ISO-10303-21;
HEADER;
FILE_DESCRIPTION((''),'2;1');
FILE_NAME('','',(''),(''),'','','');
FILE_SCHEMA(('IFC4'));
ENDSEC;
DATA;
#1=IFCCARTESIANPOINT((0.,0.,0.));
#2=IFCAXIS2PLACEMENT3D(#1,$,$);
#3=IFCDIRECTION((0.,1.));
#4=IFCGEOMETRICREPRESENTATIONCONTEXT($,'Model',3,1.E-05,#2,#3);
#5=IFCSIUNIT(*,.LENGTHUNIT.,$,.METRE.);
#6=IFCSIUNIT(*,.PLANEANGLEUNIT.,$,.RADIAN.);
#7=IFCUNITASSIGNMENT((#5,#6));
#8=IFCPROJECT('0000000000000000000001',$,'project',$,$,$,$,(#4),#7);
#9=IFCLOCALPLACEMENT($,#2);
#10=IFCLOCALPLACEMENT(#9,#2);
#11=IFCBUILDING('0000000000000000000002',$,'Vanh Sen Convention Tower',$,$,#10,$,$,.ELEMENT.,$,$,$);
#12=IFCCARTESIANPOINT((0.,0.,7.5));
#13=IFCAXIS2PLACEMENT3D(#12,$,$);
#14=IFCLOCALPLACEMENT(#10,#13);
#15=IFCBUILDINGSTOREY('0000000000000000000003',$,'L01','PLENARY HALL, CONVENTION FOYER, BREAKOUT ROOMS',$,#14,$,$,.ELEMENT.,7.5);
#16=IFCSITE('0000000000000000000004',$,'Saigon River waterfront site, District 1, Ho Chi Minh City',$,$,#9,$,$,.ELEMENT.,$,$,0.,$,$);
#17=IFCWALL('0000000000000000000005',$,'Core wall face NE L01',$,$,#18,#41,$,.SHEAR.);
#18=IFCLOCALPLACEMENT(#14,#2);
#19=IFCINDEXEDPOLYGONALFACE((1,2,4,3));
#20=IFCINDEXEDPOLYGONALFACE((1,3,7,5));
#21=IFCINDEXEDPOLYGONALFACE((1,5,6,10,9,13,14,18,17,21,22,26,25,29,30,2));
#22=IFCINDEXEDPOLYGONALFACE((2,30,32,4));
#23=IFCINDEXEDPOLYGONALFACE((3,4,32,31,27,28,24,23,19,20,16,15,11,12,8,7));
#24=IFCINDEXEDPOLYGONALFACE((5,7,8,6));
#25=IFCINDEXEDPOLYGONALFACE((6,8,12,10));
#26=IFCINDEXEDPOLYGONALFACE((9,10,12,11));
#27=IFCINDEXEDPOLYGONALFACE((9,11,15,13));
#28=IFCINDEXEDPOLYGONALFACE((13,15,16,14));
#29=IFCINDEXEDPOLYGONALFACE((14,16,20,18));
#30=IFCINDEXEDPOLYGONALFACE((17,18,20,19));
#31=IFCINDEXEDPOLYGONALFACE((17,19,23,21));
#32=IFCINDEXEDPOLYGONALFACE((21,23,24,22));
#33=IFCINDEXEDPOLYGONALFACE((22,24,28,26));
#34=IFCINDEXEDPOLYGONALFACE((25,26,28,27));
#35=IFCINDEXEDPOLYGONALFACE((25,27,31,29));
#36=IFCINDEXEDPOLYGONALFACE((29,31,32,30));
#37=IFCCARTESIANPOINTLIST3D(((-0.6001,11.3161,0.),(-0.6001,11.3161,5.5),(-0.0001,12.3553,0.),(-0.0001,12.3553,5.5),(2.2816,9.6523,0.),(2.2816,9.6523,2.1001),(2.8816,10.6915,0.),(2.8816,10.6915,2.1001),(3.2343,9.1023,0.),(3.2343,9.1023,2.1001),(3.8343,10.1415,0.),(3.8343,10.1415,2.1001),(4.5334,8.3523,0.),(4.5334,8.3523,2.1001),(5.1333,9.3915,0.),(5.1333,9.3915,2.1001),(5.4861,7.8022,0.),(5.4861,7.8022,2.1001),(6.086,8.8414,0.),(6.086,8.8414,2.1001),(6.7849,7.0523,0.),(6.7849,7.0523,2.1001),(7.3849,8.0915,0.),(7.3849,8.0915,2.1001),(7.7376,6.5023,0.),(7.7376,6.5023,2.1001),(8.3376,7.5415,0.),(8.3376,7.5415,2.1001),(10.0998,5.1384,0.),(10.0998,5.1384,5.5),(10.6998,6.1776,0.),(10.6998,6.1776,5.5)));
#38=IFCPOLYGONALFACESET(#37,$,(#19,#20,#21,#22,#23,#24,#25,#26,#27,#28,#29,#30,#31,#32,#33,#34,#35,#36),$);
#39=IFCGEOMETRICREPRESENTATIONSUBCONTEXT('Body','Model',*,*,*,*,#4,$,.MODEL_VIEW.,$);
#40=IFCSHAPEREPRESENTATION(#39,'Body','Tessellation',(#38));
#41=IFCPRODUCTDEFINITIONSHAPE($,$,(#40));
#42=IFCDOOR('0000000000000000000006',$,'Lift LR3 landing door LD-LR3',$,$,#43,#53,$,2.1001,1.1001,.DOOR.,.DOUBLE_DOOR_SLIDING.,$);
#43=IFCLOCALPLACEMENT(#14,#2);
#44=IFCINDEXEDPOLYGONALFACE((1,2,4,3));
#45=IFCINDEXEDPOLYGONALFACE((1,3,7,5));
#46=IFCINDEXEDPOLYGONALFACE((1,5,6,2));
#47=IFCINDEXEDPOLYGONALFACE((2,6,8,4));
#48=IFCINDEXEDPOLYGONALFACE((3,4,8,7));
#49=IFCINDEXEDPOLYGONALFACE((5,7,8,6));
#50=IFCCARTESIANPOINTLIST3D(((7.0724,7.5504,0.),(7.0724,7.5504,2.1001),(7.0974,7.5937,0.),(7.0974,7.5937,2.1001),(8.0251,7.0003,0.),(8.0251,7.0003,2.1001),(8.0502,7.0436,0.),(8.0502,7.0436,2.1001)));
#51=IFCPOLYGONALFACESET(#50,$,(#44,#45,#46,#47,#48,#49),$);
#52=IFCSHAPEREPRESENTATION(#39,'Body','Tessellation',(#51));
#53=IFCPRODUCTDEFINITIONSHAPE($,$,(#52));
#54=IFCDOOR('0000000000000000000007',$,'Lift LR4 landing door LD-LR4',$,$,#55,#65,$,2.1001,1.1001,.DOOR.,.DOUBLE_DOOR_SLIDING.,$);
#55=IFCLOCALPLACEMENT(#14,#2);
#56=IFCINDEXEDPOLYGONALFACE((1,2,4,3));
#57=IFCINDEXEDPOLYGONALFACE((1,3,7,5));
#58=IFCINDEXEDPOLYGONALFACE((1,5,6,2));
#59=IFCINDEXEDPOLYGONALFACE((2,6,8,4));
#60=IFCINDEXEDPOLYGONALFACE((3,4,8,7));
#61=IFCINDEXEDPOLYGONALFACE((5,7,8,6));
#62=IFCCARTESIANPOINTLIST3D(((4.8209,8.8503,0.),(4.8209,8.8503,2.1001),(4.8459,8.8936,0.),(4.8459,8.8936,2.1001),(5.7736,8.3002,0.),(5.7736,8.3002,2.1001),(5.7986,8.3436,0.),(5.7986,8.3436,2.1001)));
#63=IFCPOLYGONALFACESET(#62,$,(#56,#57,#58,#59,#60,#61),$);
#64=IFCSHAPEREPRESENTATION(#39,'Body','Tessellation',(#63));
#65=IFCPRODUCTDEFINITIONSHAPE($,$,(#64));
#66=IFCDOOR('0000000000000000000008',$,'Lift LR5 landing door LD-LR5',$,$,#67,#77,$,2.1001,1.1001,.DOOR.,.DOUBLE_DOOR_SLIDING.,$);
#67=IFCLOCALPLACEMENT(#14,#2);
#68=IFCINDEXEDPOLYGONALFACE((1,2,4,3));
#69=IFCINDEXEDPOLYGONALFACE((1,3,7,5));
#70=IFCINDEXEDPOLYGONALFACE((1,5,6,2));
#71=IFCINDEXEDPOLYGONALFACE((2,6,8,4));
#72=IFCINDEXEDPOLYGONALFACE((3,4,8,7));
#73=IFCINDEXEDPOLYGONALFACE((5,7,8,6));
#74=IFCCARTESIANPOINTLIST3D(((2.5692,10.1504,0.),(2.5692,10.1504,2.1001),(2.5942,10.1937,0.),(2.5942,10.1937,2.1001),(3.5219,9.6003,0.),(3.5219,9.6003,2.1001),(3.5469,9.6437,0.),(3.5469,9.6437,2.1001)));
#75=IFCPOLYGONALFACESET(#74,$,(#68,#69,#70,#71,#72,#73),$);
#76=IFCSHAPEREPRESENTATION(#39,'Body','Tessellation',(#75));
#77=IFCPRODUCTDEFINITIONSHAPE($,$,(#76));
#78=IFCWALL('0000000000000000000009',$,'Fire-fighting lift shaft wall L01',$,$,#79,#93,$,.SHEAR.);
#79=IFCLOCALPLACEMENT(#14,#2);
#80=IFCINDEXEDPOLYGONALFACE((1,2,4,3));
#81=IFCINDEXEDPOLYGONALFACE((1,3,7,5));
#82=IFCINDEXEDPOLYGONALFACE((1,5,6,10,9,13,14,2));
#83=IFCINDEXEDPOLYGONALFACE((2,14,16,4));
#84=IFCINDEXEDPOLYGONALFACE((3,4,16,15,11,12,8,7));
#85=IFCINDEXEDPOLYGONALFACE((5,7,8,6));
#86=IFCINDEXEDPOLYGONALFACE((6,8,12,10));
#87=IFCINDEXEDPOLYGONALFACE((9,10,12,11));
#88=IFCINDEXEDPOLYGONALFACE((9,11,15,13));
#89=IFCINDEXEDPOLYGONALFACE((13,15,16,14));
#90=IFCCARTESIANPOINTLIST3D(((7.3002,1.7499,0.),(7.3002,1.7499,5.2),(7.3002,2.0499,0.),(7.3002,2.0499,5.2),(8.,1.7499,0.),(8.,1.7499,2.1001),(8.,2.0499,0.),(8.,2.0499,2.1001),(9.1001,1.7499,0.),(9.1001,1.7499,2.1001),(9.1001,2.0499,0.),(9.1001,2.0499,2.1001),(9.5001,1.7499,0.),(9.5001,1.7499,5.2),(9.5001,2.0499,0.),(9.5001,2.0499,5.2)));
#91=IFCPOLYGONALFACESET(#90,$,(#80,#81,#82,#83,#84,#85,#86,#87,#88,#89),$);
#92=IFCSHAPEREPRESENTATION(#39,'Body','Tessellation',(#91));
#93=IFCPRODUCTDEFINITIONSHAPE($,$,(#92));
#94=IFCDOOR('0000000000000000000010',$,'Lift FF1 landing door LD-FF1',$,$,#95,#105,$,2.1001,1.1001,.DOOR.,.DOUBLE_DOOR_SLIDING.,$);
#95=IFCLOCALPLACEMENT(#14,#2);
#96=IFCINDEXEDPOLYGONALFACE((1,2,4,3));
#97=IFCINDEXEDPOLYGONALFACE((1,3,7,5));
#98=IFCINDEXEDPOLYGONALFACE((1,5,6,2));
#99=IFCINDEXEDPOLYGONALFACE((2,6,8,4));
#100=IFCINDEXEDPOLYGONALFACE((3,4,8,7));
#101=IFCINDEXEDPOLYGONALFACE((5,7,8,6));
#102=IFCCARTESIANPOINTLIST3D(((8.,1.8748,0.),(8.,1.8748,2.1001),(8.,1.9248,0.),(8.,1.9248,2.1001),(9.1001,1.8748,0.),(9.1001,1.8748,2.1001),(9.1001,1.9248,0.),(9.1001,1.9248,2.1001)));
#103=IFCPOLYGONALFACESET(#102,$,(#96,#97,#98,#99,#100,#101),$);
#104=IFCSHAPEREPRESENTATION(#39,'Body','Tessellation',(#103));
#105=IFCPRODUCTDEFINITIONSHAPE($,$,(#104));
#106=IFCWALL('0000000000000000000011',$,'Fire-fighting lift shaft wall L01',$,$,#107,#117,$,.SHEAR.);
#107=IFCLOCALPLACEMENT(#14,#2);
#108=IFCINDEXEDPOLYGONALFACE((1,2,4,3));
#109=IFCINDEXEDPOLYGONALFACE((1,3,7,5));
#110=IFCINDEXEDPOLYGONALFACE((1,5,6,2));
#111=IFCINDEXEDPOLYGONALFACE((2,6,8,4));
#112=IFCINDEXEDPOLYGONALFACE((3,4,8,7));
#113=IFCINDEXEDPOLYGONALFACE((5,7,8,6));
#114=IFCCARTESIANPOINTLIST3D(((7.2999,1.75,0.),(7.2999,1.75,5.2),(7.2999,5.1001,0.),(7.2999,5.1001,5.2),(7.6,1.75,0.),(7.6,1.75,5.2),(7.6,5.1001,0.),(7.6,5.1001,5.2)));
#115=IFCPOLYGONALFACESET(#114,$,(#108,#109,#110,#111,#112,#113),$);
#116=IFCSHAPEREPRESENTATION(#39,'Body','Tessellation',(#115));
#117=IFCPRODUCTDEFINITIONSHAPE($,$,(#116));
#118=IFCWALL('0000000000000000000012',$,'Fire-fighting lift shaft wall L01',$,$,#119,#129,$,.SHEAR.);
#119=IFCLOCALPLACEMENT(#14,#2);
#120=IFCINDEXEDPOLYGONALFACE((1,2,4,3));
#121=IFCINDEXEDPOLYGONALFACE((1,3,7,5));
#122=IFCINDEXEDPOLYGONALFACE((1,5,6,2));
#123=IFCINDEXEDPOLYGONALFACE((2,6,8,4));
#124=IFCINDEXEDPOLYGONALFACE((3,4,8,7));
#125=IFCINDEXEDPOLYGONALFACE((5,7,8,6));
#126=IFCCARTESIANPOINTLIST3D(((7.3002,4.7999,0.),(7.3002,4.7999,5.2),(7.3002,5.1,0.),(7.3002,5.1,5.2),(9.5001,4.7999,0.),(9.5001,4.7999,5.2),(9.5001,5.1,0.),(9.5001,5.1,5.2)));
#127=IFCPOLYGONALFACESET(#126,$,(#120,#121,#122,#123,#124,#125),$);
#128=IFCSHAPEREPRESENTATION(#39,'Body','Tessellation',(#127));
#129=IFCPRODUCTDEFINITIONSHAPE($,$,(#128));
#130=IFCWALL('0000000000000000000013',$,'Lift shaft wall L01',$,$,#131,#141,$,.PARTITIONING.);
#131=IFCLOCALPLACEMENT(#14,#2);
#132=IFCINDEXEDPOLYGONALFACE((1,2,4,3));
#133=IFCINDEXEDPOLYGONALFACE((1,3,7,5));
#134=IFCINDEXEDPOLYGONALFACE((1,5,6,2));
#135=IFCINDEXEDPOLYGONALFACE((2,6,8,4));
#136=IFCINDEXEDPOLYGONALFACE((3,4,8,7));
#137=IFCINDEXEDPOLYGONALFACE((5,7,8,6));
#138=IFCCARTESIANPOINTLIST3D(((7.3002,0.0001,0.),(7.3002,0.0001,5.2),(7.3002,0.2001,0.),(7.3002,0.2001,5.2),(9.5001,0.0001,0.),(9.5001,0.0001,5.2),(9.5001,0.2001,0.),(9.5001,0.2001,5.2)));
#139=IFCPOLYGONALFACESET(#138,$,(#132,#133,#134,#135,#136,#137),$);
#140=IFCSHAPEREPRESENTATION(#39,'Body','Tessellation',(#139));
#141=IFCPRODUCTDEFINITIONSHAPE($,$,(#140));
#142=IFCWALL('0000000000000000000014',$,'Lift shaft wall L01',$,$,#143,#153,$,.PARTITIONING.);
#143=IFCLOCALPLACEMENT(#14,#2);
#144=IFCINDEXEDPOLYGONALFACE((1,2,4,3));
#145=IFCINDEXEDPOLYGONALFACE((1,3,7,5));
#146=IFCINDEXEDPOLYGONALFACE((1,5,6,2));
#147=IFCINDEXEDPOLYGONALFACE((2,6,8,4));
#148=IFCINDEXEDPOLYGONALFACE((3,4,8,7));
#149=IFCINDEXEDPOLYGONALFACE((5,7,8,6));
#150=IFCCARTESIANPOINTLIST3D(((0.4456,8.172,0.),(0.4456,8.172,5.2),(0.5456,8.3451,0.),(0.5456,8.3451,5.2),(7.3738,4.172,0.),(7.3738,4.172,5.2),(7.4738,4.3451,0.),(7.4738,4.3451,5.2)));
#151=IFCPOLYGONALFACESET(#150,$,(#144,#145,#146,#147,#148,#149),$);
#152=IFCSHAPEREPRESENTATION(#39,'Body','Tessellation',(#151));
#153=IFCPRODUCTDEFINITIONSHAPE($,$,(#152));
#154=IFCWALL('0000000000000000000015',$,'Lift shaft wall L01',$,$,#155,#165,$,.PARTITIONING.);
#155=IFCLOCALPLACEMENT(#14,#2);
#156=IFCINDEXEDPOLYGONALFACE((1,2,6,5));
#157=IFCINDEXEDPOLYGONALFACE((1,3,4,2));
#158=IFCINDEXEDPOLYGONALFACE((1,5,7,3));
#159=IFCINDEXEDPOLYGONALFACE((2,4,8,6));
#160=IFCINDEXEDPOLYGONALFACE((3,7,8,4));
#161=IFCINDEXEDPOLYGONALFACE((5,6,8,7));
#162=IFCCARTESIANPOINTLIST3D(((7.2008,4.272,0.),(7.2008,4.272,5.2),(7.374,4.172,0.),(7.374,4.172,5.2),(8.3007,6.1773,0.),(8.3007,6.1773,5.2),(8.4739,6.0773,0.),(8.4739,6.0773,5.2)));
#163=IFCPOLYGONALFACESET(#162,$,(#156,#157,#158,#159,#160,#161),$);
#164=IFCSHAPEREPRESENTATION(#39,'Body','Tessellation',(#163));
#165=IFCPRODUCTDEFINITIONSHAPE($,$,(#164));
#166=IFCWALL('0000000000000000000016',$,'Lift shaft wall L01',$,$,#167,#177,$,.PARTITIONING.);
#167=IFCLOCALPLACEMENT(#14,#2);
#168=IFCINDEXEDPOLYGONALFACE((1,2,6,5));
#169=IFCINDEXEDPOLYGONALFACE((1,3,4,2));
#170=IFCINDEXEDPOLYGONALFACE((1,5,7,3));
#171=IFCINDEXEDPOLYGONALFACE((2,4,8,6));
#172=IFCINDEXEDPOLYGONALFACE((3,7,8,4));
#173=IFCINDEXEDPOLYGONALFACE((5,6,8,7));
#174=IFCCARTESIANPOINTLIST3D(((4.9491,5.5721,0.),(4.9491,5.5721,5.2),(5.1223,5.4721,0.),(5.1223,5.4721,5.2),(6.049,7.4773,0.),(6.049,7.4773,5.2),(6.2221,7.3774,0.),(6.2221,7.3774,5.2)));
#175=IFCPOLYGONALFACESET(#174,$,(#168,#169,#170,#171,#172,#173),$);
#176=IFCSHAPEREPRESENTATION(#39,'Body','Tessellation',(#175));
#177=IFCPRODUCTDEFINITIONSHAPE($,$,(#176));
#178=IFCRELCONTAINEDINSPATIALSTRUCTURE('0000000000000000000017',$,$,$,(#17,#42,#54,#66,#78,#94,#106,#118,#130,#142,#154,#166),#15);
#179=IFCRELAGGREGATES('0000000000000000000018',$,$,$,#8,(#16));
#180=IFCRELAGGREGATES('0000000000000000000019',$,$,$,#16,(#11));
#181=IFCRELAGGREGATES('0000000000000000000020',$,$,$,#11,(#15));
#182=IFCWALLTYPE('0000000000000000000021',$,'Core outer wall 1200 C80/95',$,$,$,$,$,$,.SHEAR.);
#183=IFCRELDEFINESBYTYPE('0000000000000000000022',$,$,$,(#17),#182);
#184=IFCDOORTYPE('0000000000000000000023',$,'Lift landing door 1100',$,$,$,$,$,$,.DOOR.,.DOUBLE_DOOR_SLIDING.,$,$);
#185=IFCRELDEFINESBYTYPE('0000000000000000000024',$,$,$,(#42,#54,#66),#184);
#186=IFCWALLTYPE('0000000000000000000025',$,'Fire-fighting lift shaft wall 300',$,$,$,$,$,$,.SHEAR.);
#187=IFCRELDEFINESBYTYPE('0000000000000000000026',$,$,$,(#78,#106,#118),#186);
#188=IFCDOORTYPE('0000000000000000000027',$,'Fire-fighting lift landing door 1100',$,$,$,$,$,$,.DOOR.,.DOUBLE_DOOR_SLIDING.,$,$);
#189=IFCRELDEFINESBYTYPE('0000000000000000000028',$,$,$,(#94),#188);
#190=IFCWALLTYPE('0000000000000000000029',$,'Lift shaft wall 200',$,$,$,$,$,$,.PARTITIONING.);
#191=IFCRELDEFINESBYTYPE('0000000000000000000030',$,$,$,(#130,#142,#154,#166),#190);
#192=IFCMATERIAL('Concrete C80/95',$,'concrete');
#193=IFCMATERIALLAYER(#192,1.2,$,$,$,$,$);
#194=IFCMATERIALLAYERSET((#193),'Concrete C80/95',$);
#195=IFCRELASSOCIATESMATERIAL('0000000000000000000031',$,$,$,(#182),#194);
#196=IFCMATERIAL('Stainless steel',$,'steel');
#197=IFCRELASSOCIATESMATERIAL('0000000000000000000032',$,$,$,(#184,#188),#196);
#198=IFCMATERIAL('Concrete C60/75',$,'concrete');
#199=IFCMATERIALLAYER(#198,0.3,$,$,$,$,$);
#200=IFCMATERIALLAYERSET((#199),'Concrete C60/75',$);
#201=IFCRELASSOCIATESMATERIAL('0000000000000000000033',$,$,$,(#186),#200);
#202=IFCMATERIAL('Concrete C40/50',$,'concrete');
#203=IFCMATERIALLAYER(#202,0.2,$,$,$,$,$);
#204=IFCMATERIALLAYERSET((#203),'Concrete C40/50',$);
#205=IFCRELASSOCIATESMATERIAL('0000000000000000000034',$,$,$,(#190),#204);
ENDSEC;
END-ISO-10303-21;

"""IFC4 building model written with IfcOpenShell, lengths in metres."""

from ifc_helpers import new_model, si_unit, direction, frame, frame_2d, origin, place, context, subcontext, project, spatial, rectangle, extrude, material, layer, layer_set, type_object, element, fill, save


model = new_model("IFC4")

# Units and contexts
model_context = context("Model", 3, precision=1e-05, world=origin(), true_north=direction((0.0, 1.0)))
body_context = subcontext(model_context, "Body", "Model", "MODEL_VIEW")
ifc_project = project(units=[si_unit("LENGTHUNIT", "METRE"), si_unit("PLANEANGLEUNIT", "RADIAN")], contexts=[model_context])

# Site, building, storey
site_placement = place(None, origin())
site = spatial("IfcSite", under=ifc_project, at=site_placement, Name="Saigon River waterfront site, District 1, Ho Chi Minh City", CompositionType="ELEMENT", RefElevation=0.0)
building_placement = place(site_placement, origin())
building = spatial("IfcBuilding", under=site, at=building_placement, Name="Vanh Sen Convention Tower", CompositionType="ELEMENT")
storey_placement = place(building_placement, frame((0.0, 0.0, 7.5)))
storey = spatial("IfcBuildingStorey", under=building, at=storey_placement, Name="L01", Description="PLENARY HALL, CONVENTION FOYER, BREAKOUT ROOMS", CompositionType="ELEMENT", Elevation=7.5)

# Wall, openings, doors
ifc_material_1 = material(Name="Concrete C80/95", Category="concrete")
ifc_layer_1 = layer(ifc_material_1, 1.2)
ifc_layer_set_1 = layer_set([ifc_layer_1], Name="Concrete C80/95")
wall_type_1 = type_object("IfcWallType", Name="Core outer wall 1200 C80/95", PredefinedType="SHEAR", material=ifc_layer_set_1)
wall_1_placement = place(storey_placement, frame((10.3999, 5.658, 0.0), z_axis=(0.0, 0.0, 1.0), x_axis=(-0.866021, 0.500007, 0.0)))
wall_1 = element("IfcWall", 1, at=wall_1_placement, inside=storey, type_object=wall_type_1, Name="Core wall face NE L01", PredefinedType="SHEAR", context=body_context, shape_type="SweptSolid", body=[
    extrude(rectangle(XDim=12.3552, YDim=1.2, at=frame_2d((6.1777, 0.0))), origin(), (0.0, 0.0, 1.0), 5.5),
])
opening_1_placement = place(wall_1_placement, frame((2.7278, 0.0, 0.0)))
opening_1 = element("IfcOpeningElement", 2, at=opening_1_placement, cuts=wall_1, PredefinedType="OPENING", context=body_context, shape_type="SweptSolid", body=[
    extrude(rectangle(XDim=1.1001, YDim=2.1001, at=frame_2d((0.55, 1.05))), frame((0.0, 0.6099, 0.0), z_axis=(0.0, -1.0, 0.0), x_axis=(1.0, 0.0, 0.0)), (0.0, 0.0, 1.0), 1.22),
])
opening_2_placement = place(wall_1_placement, frame((5.3276, 0.0, 0.0)))
opening_2 = element("IfcOpeningElement", 3, at=opening_2_placement, cuts=wall_1, PredefinedType="OPENING", context=body_context, shape_type="SweptSolid", body=[
    extrude(rectangle(XDim=1.1001, YDim=2.1001, at=frame_2d((0.55, 1.05))), frame((0.0, 0.6099, 0.0), z_axis=(0.0, -1.0, 0.0), x_axis=(1.0, 0.0, 0.0)), (0.0, 0.0, 1.0), 1.22),
])
opening_3_placement = place(wall_1_placement, frame((7.9277, 0.0, 0.0)))
opening_3 = element("IfcOpeningElement", 4, at=opening_3_placement, cuts=wall_1, PredefinedType="OPENING", context=body_context, shape_type="SweptSolid", body=[
    extrude(rectangle(XDim=1.1001, YDim=2.1001, at=frame_2d((0.55, 1.05))), frame((0.0, 0.6099, 0.0), z_axis=(0.0, -1.0, 0.0), x_axis=(1.0, 0.0, 0.0)), (0.0, 0.0, 1.0), 1.22),
])
ifc_material_2 = material(Name="Stainless steel", Category="steel")
door_type_1 = type_object("IfcDoorType", Name="Lift landing door 1100", OperationType="DOUBLE_DOOR_SLIDING", PredefinedType="DOOR", material=ifc_material_2)
door_1_placement = place(opening_1_placement, origin())
door_1 = element("IfcDoor", 5, at=door_1_placement, inside=storey, type_object=door_type_1, Name="Lift LR3 landing door LD-LR3", OperationType="DOUBLE_DOOR_SLIDING", OverallHeight=2.1001, OverallWidth=1.1001, PredefinedType="DOOR", context=body_context, shape_type="SweptSolid", body=[
    extrude(rectangle(XDim=1.1001, YDim=2.1001, at=frame_2d((0.55, 1.05))), frame((0.0, 0.0249, 0.0), z_axis=(0.0, -1.0, 0.0), x_axis=(1.0, 0.0, 0.0)), (0.0, 0.0, 1.0), 0.05),
])
fill(opening_1, door_1)
door_2_placement = place(opening_2_placement, origin())
door_2 = element("IfcDoor", 6, at=door_2_placement, inside=storey, type_object=door_type_1, Name="Lift LR4 landing door LD-LR4", OperationType="DOUBLE_DOOR_SLIDING", OverallHeight=2.1001, OverallWidth=1.1001, PredefinedType="DOOR", context=body_context, shape_type="SweptSolid", body=[
    extrude(rectangle(XDim=1.1001, YDim=2.1001, at=frame_2d((0.55, 1.05))), frame((0.0, 0.0249, 0.0), z_axis=(0.0, -1.0, 0.0), x_axis=(1.0, 0.0, 0.0)), (0.0, 0.0, 1.0), 0.05),
])
fill(opening_2, door_2)
door_3_placement = place(opening_3_placement, origin())
door_3 = element("IfcDoor", 7, at=door_3_placement, inside=storey, type_object=door_type_1, Name="Lift LR5 landing door LD-LR5", OperationType="DOUBLE_DOOR_SLIDING", OverallHeight=2.1001, OverallWidth=1.1001, PredefinedType="DOOR", context=body_context, shape_type="SweptSolid", body=[
    extrude(rectangle(XDim=1.1001, YDim=2.1001, at=frame_2d((0.55, 1.05))), frame((0.0, 0.0249, 0.0), z_axis=(0.0, -1.0, 0.0), x_axis=(1.0, 0.0, 0.0)), (0.0, 0.0, 1.0), 0.05),
])
fill(opening_3, door_3)

# Wall, opening, door
ifc_material_3 = material(Name="Concrete C60/75", Category="concrete")
ifc_layer_2 = layer(ifc_material_3, 0.3)
ifc_layer_set_2 = layer_set([ifc_layer_2], Name="Concrete C60/75")
wall_type_2 = type_object("IfcWallType", Name="Fire-fighting lift shaft wall 300", PredefinedType="SHEAR", material=ifc_layer_set_2)
wall_2_placement = place(storey_placement, frame((7.3, 1.8999, 0.0), z_axis=(0.0, 0.0, 1.0), x_axis=(1.0, 0.0, 0.0)))
wall_2 = element("IfcWall", 8, at=wall_2_placement, inside=storey, type_object=wall_type_2, Name="Fire-fighting lift shaft wall L01", PredefinedType="SHEAR", context=body_context, shape_type="SweptSolid", body=[
    extrude(rectangle(XDim=2.2, YDim=0.3, at=frame_2d((1.1001, 0.0))), origin(), (0.0, 0.0, 1.0), 5.2),
])
opening_4_placement = place(wall_2_placement, frame((0.7, 0.0, 0.0)))
opening_4 = element("IfcOpeningElement", 9, at=opening_4_placement, cuts=wall_2, PredefinedType="OPENING", context=body_context, shape_type="SweptSolid", body=[
    extrude(rectangle(XDim=1.1001, YDim=2.1001, at=frame_2d((0.55, 1.05))), frame((0.0, 0.1599, 0.0), z_axis=(0.0, -1.0, 0.0), x_axis=(1.0, 0.0, 0.0)), (0.0, 0.0, 1.0), 0.3201),
])
door_type_2 = type_object("IfcDoorType", Name="Fire-fighting lift landing door 1100", OperationType="DOUBLE_DOOR_SLIDING", PredefinedType="DOOR", material=ifc_material_2)
door_4_placement = place(opening_4_placement, origin())
door_4 = element("IfcDoor", 10, at=door_4_placement, inside=storey, type_object=door_type_2, Name="Lift FF1 landing door LD-FF1", OperationType="DOUBLE_DOOR_SLIDING", OverallHeight=2.1001, OverallWidth=1.1001, PredefinedType="DOOR", context=body_context, shape_type="SweptSolid", body=[
    extrude(rectangle(XDim=1.1001, YDim=2.1001, at=frame_2d((0.55, 1.05))), frame((0.0, 0.0249, 0.0), z_axis=(0.0, -1.0, 0.0), x_axis=(1.0, 0.0, 0.0)), (0.0, 0.0, 1.0), 0.05),
])
fill(opening_4, door_4)

# Walls
wall_3_placement = place(storey_placement, frame((7.45, 1.75, 0.0), z_axis=(0.0, 0.0, 1.0), x_axis=(0.0, 1.0, 0.0)))
element("IfcWall", 11, at=wall_3_placement, inside=storey, type_object=wall_type_2, Name="Fire-fighting lift shaft wall L01", PredefinedType="SHEAR", context=body_context, shape_type="SweptSolid", body=[
    extrude(rectangle(XDim=3.3501, YDim=0.3, at=frame_2d((1.675, 0.0))), origin(), (0.0, 0.0, 1.0), 5.2),
])
wall_4_placement = place(storey_placement, frame((7.3, 4.95, 0.0), z_axis=(0.0, 0.0, 1.0), x_axis=(1.0, 0.0, 0.0)))
element("IfcWall", 12, at=wall_4_placement, inside=storey, type_object=wall_type_2, Name="Fire-fighting lift shaft wall L01", PredefinedType="SHEAR", context=body_context, shape_type="SweptSolid", body=[
    extrude(rectangle(XDim=2.2, YDim=0.3, at=frame_2d((1.1001, 0.0))), origin(), (0.0, 0.0, 1.0), 5.2),
])
ifc_material_4 = material(Name="Concrete C40/50", Category="concrete")
ifc_layer_3 = layer(ifc_material_4, 0.2)
ifc_layer_set_3 = layer_set([ifc_layer_3], Name="Concrete C40/50")
wall_type_3 = type_object("IfcWallType", Name="Lift shaft wall 200", PredefinedType="PARTITIONING", material=ifc_layer_set_3)
wall_5_placement = place(storey_placement, frame((7.3, 0.1001, 0.0), z_axis=(0.0, 0.0, 1.0), x_axis=(1.0, 0.0, 0.0)))
element("IfcWall", 13, at=wall_5_placement, inside=storey, type_object=wall_type_3, Name="Lift shaft wall L01", PredefinedType="PARTITIONING", context=body_context, shape_type="SweptSolid", body=[
    extrude(rectangle(XDim=2.2, YDim=0.2, at=frame_2d((1.1001, 0.0))), origin(), (0.0, 0.0, 1.0), 5.2),
])
wall_6_placement = place(storey_placement, frame((7.4238, 4.2585, 0.0), z_axis=(0.0, 0.0, 1.0), x_axis=(-0.866026, 0.499999, 0.0)))
element("IfcWall", 14, at=wall_6_placement, inside=storey, type_object=wall_type_3, Name="Lift shaft wall L01", PredefinedType="PARTITIONING", context=body_context, shape_type="SweptSolid", body=[
    extrude(rectangle(XDim=8.0, YDim=0.2, at=frame_2d((4.0, 0.0))), origin(), (0.0, 0.0, 1.0), 5.2),
])
for number, where, z_axis, x_axis, name in (
    (15, (7.2874, 4.2219, 0.0), (0.0, 0.0, 1.0), (0.499947, 0.866056, 0.0), "Lift shaft wall L01"),
    (16, (5.0356, 5.522, 0.0), (0.0, 0.0, 1.0), (0.499947, 0.866056, 0.0), "Lift shaft wall L01"),
):
    element("IfcWall", number, at=place(storey_placement, frame(where, z_axis=z_axis, x_axis=x_axis)), inside=storey, type_object=wall_type_3, Name=name, PredefinedType="PARTITIONING", context=body_context, shape_type="SweptSolid", body=[
        extrude(rectangle(XDim=2.2, YDim=0.2, at=frame_2d((1.1001, 0.0))), origin(), (0.0, 0.0, 1.0), 5.2),
    ])

save(model, "model.ifc")
